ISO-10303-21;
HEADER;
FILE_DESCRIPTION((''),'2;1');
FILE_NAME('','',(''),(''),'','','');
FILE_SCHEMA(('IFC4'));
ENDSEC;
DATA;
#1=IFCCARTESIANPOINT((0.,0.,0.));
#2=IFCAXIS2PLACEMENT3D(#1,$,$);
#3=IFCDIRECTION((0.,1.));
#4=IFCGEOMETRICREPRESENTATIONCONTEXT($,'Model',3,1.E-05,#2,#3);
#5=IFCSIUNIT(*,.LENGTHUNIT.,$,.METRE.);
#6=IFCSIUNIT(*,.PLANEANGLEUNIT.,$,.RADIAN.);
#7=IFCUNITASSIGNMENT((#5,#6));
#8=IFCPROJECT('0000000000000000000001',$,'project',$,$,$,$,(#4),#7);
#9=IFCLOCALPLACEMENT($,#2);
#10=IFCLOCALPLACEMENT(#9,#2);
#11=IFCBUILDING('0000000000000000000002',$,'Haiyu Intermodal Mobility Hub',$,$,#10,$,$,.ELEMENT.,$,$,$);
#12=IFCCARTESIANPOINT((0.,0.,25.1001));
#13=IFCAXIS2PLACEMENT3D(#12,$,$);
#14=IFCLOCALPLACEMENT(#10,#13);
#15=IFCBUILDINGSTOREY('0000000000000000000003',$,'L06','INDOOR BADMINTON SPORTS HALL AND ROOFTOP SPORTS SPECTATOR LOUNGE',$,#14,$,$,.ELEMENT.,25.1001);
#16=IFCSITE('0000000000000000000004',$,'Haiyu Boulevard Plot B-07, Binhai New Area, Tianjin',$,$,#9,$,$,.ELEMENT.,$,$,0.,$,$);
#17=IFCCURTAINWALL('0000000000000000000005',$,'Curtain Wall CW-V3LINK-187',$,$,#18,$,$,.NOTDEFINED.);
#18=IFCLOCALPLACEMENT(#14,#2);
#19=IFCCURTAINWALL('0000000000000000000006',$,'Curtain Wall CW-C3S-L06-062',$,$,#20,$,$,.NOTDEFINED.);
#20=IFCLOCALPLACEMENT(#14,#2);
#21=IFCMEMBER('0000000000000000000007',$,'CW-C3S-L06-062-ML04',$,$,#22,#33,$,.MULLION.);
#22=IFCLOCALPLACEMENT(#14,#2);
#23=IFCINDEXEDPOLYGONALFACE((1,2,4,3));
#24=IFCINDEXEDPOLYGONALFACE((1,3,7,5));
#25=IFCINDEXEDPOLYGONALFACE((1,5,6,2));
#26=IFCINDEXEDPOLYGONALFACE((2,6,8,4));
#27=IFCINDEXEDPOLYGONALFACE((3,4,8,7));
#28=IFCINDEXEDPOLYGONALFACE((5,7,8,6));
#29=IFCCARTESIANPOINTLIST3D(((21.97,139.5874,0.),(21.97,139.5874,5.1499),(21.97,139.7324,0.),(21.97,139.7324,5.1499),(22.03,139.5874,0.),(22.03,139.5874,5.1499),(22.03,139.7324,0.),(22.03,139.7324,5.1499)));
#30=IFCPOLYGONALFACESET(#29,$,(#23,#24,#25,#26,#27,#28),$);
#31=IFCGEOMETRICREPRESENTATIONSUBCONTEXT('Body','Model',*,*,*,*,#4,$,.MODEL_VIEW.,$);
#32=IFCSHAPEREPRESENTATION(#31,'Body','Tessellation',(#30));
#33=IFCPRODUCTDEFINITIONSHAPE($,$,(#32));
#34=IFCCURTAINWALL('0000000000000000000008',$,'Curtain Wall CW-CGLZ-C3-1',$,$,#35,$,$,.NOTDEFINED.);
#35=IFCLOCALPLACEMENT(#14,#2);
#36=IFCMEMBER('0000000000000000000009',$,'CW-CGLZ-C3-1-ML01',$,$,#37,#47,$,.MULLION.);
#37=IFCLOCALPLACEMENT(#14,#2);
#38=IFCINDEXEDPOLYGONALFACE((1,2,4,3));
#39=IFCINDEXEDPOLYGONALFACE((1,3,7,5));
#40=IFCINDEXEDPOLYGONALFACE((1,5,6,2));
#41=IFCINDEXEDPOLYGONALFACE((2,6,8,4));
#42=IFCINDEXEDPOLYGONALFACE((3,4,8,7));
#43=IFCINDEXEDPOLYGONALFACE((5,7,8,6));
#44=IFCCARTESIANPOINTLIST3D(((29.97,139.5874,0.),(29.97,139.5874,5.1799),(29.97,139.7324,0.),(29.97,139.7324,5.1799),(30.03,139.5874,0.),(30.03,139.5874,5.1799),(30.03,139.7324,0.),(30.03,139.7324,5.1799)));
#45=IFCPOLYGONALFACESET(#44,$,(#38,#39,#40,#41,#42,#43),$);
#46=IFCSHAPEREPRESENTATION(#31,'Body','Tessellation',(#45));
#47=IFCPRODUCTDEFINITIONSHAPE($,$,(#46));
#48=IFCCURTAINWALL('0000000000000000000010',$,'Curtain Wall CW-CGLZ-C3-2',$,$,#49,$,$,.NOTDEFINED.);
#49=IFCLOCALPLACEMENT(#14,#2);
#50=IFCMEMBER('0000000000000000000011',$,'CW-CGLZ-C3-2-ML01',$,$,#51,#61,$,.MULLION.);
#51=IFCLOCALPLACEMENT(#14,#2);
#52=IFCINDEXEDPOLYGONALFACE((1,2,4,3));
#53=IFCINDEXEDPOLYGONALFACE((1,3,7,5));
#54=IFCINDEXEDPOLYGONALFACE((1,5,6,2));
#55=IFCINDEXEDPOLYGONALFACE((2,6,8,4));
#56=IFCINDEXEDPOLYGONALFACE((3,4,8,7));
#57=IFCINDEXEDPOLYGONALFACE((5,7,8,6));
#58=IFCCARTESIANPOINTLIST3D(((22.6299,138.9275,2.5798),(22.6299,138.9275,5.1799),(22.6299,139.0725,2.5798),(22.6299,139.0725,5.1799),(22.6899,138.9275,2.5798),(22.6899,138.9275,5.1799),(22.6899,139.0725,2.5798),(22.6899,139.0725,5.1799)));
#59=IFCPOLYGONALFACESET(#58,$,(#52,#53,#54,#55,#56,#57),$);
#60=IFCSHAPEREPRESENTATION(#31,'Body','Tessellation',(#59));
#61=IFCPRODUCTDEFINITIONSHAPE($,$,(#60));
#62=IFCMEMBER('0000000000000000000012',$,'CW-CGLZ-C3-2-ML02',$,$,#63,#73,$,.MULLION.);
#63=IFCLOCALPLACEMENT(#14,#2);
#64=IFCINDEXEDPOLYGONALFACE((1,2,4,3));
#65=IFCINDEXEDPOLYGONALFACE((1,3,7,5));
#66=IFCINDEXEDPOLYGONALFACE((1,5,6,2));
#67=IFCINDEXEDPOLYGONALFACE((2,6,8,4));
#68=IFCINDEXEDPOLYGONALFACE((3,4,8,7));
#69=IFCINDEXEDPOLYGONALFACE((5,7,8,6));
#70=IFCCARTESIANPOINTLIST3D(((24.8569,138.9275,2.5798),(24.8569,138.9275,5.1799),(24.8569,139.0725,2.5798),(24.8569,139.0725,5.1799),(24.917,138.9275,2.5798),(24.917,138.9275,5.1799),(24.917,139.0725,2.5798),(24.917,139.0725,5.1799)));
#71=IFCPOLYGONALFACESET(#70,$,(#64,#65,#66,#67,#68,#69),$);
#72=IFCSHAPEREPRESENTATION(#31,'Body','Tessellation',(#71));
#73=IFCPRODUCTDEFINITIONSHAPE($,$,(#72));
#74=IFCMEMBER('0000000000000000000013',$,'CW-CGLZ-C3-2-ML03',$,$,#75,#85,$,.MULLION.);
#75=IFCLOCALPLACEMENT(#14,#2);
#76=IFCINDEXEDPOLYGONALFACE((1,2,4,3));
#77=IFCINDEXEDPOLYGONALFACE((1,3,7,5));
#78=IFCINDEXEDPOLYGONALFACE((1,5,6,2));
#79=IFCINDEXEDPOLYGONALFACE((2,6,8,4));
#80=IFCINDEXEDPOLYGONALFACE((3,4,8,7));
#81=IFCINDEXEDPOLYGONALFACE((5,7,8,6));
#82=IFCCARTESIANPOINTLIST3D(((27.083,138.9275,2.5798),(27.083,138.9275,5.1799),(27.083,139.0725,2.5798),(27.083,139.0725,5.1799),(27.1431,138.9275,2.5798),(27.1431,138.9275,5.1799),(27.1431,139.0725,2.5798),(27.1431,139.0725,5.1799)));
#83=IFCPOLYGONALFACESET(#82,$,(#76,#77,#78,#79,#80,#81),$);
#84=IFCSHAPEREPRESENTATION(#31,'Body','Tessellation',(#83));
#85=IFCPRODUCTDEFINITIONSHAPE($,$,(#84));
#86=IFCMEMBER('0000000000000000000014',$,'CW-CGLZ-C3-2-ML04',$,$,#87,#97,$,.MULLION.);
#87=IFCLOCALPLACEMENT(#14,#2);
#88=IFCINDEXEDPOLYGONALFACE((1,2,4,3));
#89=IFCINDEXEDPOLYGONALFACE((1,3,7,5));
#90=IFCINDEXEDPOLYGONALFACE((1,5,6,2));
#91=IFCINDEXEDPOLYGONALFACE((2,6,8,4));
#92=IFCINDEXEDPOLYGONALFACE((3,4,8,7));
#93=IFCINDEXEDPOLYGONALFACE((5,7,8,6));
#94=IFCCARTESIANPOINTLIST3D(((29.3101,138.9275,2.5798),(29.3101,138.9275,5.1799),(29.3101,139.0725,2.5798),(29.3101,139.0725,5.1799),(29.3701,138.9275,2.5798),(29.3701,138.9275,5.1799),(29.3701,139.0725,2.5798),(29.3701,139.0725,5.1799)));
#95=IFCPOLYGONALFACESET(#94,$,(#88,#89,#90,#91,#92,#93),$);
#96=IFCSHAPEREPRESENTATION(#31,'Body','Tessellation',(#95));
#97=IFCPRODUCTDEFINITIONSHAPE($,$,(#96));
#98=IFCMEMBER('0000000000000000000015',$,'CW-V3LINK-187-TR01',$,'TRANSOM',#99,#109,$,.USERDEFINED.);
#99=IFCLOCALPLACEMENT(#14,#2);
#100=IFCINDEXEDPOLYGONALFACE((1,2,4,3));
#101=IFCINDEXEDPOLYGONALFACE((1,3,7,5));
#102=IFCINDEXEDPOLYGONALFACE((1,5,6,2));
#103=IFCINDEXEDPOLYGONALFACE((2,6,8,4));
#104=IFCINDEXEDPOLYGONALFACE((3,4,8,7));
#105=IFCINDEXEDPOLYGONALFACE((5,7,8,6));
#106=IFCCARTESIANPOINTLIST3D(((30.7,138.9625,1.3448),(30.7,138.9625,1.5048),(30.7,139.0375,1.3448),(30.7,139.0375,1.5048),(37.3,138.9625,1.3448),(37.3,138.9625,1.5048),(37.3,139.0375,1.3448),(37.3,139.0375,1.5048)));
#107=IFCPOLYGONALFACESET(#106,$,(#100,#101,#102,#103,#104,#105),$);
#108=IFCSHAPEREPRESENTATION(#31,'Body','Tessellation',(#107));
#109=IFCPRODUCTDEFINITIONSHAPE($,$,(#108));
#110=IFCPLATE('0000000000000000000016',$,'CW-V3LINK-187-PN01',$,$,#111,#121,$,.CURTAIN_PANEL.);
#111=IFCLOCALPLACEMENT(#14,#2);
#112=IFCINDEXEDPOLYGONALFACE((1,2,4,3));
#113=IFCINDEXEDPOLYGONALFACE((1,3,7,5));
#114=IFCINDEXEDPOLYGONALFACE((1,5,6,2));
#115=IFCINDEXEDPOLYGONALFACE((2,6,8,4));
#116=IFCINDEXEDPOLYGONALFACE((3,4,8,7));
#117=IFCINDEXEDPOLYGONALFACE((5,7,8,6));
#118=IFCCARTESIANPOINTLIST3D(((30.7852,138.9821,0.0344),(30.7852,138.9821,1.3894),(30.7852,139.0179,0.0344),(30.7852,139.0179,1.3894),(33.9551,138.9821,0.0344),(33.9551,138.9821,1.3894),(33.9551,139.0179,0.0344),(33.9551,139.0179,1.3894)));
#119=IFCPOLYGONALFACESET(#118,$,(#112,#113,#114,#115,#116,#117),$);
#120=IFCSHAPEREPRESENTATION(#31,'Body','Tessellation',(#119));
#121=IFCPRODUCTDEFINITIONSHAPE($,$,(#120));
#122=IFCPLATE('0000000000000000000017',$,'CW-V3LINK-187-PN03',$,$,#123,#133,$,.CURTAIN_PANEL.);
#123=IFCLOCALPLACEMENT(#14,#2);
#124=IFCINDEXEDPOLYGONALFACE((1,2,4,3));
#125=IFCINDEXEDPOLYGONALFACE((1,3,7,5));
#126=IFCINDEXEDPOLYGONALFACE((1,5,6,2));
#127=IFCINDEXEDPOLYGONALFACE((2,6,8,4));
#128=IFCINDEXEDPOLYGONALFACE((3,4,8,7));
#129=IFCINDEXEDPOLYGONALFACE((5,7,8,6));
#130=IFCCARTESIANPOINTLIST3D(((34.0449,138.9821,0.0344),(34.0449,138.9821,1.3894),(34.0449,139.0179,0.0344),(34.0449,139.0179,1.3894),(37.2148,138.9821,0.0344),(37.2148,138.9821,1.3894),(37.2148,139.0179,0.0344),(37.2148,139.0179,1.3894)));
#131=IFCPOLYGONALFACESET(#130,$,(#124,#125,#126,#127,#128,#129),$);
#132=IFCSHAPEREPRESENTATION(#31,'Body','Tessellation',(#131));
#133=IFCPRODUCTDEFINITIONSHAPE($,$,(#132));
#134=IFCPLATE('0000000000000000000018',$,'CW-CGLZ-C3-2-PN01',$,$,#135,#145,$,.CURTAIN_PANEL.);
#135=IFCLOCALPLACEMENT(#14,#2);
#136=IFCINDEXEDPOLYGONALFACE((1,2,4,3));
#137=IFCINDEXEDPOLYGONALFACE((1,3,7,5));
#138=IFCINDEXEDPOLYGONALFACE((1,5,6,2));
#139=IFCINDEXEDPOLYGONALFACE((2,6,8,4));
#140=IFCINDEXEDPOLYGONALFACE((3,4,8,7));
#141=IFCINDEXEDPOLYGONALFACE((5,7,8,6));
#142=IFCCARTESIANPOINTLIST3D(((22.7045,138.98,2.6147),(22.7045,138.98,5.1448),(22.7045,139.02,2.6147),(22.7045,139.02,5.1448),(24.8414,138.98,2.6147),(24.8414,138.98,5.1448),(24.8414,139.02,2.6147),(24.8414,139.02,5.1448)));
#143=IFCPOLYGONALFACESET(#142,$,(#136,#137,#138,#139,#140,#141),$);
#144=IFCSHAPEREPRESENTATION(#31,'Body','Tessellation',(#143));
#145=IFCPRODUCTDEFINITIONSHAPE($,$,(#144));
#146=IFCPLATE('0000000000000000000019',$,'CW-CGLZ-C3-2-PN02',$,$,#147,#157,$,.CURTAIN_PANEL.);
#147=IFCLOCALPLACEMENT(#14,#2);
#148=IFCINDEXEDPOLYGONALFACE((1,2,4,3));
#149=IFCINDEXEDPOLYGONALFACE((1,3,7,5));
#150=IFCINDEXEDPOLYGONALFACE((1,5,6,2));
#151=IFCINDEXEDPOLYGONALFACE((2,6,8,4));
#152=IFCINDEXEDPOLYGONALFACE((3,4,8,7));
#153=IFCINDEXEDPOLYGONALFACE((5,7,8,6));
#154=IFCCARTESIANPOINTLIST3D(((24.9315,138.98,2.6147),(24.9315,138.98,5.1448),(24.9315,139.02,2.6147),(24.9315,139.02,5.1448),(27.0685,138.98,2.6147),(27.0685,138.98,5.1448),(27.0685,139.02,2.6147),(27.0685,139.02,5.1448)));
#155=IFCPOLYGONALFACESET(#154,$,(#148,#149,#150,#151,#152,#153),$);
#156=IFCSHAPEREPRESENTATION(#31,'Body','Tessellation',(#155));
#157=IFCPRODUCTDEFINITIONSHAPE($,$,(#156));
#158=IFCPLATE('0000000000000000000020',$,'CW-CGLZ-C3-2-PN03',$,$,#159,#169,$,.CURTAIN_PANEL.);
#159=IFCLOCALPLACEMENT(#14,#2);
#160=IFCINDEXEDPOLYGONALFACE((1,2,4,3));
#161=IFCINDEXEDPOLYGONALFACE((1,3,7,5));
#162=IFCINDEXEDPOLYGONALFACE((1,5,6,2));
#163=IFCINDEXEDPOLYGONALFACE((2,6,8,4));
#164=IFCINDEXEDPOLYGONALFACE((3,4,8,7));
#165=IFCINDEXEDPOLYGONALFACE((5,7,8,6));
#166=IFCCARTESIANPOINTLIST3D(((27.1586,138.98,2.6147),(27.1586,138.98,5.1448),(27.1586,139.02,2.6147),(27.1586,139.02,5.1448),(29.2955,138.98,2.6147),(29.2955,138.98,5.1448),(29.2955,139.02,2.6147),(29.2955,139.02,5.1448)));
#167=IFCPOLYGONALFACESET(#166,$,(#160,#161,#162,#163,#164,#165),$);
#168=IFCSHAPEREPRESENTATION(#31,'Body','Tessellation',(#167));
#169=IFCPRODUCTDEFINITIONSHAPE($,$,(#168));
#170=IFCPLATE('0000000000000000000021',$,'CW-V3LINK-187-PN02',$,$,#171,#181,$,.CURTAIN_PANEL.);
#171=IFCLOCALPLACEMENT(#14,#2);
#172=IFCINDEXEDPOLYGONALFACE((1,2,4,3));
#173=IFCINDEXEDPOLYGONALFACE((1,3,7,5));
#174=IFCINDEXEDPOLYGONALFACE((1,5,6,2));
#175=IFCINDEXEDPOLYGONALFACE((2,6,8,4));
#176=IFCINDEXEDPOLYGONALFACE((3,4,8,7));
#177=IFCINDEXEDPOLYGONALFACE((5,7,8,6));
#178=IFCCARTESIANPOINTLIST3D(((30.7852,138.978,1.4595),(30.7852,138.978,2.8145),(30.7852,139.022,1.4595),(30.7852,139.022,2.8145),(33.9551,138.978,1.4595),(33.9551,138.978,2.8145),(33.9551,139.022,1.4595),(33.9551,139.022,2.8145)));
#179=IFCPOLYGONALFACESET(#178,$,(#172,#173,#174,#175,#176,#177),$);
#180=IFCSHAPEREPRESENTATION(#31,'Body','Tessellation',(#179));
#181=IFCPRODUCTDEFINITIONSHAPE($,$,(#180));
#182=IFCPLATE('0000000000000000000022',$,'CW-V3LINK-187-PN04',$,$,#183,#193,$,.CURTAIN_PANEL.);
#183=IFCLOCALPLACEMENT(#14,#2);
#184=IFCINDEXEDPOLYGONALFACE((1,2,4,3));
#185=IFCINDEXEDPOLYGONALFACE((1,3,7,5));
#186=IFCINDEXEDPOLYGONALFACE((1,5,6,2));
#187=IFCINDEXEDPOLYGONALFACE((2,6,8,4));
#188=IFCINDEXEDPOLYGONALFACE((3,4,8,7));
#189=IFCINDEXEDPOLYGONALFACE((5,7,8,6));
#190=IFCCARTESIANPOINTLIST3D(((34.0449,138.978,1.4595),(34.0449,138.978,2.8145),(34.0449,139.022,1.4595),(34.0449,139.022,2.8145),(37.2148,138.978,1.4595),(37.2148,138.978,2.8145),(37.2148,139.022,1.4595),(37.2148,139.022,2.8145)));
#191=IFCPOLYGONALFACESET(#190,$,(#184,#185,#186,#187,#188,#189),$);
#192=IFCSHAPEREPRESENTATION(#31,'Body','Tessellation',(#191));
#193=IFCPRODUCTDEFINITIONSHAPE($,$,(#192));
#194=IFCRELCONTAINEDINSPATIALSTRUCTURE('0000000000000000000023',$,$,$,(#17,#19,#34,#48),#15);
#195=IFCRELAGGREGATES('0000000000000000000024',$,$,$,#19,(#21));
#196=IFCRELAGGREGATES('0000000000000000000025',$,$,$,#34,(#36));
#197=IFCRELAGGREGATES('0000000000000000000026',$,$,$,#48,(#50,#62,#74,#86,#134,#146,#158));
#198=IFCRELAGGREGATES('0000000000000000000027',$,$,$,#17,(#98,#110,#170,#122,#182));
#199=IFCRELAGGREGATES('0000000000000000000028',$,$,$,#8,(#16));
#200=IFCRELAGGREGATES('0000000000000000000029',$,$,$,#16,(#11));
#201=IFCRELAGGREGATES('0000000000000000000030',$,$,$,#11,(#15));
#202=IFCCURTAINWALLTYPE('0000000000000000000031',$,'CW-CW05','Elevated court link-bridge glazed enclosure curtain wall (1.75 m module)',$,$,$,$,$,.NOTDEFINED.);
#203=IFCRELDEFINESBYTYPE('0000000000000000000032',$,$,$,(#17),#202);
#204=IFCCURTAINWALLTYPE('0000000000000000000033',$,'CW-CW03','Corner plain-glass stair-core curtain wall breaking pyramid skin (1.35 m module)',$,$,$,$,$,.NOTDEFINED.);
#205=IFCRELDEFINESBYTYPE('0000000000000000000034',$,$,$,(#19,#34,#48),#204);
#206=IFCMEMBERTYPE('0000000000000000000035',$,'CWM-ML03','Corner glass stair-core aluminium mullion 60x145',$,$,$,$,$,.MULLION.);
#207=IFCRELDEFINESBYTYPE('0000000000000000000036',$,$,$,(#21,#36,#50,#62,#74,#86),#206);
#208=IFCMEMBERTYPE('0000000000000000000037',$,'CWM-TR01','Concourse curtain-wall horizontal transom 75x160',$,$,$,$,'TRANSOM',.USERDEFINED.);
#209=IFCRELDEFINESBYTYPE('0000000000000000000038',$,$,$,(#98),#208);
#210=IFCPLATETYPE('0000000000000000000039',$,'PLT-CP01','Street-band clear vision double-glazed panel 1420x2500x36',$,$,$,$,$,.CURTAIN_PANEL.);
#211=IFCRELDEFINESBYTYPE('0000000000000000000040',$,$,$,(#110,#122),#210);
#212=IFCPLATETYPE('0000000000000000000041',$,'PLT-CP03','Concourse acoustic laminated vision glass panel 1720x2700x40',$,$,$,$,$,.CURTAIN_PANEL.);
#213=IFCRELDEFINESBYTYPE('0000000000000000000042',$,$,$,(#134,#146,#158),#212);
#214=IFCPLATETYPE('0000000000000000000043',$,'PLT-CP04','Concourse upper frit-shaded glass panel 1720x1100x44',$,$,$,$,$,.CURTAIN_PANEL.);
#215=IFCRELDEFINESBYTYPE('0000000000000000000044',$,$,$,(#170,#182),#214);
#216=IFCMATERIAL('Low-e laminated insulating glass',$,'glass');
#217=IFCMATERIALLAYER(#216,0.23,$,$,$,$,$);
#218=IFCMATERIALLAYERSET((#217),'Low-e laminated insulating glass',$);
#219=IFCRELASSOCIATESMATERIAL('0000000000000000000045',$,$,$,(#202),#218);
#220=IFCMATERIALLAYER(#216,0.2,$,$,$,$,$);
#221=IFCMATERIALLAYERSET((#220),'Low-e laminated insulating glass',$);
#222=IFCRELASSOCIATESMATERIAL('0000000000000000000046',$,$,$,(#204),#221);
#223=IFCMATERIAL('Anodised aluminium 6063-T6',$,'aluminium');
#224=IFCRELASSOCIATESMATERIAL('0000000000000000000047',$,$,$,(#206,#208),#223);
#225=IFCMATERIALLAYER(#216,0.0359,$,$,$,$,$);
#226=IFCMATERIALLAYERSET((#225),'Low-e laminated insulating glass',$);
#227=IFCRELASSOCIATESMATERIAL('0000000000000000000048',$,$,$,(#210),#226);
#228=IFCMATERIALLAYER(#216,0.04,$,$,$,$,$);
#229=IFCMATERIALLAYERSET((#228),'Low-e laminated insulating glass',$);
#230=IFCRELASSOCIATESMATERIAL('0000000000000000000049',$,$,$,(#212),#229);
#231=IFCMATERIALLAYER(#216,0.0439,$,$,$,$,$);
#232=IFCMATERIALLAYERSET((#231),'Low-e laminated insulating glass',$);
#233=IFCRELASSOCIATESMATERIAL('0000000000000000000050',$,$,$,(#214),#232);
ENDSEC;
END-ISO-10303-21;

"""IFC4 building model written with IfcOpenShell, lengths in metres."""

from ifc_helpers import new_model, si_unit, direction, frame, origin, origin_2d, place, context, subcontext, project, spatial, rectangle, extrude, material, layer, layer_set, material_profile, profile_set, type_object, element, aggregate, save


model = new_model("IFC4")

# Units and contexts
model_context = context("Model", 3, precision=1e-05, world=origin(), true_north=direction((0.0, 1.0)))
body_context = subcontext(model_context, "Body", "Model", "MODEL_VIEW")
ifc_project = project(units=[si_unit("LENGTHUNIT", "METRE"), si_unit("PLANEANGLEUNIT", "RADIAN")], contexts=[model_context])

# Site, building, storey
site_placement = place(None, origin())
site = spatial("IfcSite", under=ifc_project, at=site_placement, Name="Haiyu Boulevard Plot B-07, Binhai New Area, Tianjin", CompositionType="ELEMENT", RefElevation=0.0)
building_placement = place(site_placement, origin())
building = spatial("IfcBuilding", under=site, at=building_placement, Name="Haiyu Intermodal Mobility Hub", CompositionType="ELEMENT")
storey_placement = place(building_placement, frame((0.0, 0.0, 25.1001)))
storey = spatial("IfcBuildingStorey", under=building, at=storey_placement, Name="L06", Description="INDOOR BADMINTON SPORTS HALL AND ROOFTOP SPORTS SPECTATOR LOUNGE", CompositionType="ELEMENT", Elevation=25.1001)

# Curtain wall
ifc_material_1 = material(Name="Low-e laminated insulating glass", Category="glass")
ifc_layer_1 = layer(ifc_material_1, 0.23)
ifc_layer_set_1 = layer_set([ifc_layer_1], Name="Low-e laminated insulating glass")
curtain_wall_type_1 = type_object("IfcCurtainWallType", Name="CW-CW05", Description="Elevated court link-bridge glazed enclosure curtain wall (1.75 m module)", PredefinedType="NOTDEFINED", material=ifc_layer_set_1)
curtain_wall_1_placement = place(storey_placement, origin())
curtain_wall_1 = element("IfcCurtainWall", 1, at=curtain_wall_1_placement, inside=storey, type_object=curtain_wall_type_1, Name="Curtain Wall CW-V3LINK-187", PredefinedType="NOTDEFINED")
ifc_material_2 = material(Name="Anodised aluminium 6063-T6", Category="aluminium")

# Curtain walls, members
ifc_layer_2 = layer(ifc_material_1, 0.2)
ifc_layer_set_2 = layer_set([ifc_layer_2], Name="Low-e laminated insulating glass")
curtain_wall_type_2 = type_object("IfcCurtainWallType", Name="CW-CW03", Description="Corner plain-glass stair-core curtain wall breaking pyramid skin (1.35 m module)", PredefinedType="NOTDEFINED", material=ifc_layer_set_2)
curtain_wall_2_placement = place(storey_placement, origin())
curtain_wall_2 = element("IfcCurtainWall", 2, at=curtain_wall_2_placement, inside=storey, type_object=curtain_wall_type_2, Name="Curtain Wall CW-C3S-L06-062", PredefinedType="NOTDEFINED")
ifc_material_profile_1 = material_profile(ifc_material_2, rectangle(XDim=0.0601, YDim=0.145, at=origin_2d()), Name="ALU60x145")
ifc_profile_set_1 = profile_set([ifc_material_profile_1], Name="Anodised aluminium 6063-T6")
member_type_1 = type_object("IfcMemberType", Name="CWM-ML03", Description="Corner glass stair-core aluminium mullion 60x145", PredefinedType="MULLION", material=ifc_profile_set_1)
member_1_placement = place(storey_placement, frame((22.0, 139.6599, 0.0), z_axis=(0.0, 0.0, 1.0), x_axis=(1.0, 0.0, 0.0)))
member_1 = element("IfcMember", 3, at=member_1_placement, type_object=member_type_1, Name="CW-C3S-L06-062-ML04", PredefinedType="MULLION", context=body_context, shape_type="SweptSolid", body=[
    extrude(rectangle(XDim=0.0601, YDim=0.145, at=origin_2d()), origin(), (0.0, 0.0, 1.0), 5.1499),
])
aggregate(curtain_wall_2, [member_1])
curtain_wall_3_placement = place(storey_placement, origin())
curtain_wall_3 = element("IfcCurtainWall", 4, at=curtain_wall_3_placement, inside=storey, type_object=curtain_wall_type_2, Name="Curtain Wall CW-CGLZ-C3-1", PredefinedType="NOTDEFINED")
member_2_placement = place(storey_placement, frame((30.0, 139.6599, 0.0), z_axis=(0.0, 0.0, 1.0), x_axis=(1.0, 0.0, 0.0)))
member_2 = element("IfcMember", 5, at=member_2_placement, type_object=member_type_1, Name="CW-CGLZ-C3-1-ML01", PredefinedType="MULLION", context=body_context, shape_type="SweptSolid", body=[
    extrude(rectangle(XDim=0.0601, YDim=0.145, at=origin_2d()), origin(), (0.0, 0.0, 1.0), 5.1799),
])
aggregate(curtain_wall_3, [member_2])

# Curtain wall, members
curtain_wall_4_placement = place(storey_placement, origin())
curtain_wall_4 = element("IfcCurtainWall", 6, at=curtain_wall_4_placement, inside=storey, type_object=curtain_wall_type_2, Name="Curtain Wall CW-CGLZ-C3-2", PredefinedType="NOTDEFINED")
member_3_placement = place(storey_placement, frame((22.6599, 139.0, 2.5798), z_axis=(0.0, 0.0, 1.0), x_axis=(1.0, 0.0, 0.0)))
member_3 = element("IfcMember", 7, at=member_3_placement, type_object=member_type_1, Name="CW-CGLZ-C3-2-ML01", PredefinedType="MULLION", context=body_context, shape_type="SweptSolid", body=[
    extrude(rectangle(XDim=0.0601, YDim=0.145, at=origin_2d()), origin(), (0.0, 0.0, 1.0), 2.6001),
])
member_4_placement = place(storey_placement, frame((24.887, 139.0, 2.5798), z_axis=(0.0, 0.0, 1.0), x_axis=(1.0, 0.0, 0.0)))
member_4 = element("IfcMember", 8, at=member_4_placement, type_object=member_type_1, Name="CW-CGLZ-C3-2-ML02", PredefinedType="MULLION", context=body_context, shape_type="SweptSolid", body=[
    extrude(rectangle(XDim=0.0601, YDim=0.145, at=origin_2d()), origin(), (0.0, 0.0, 1.0), 2.6001),
])
member_5_placement = place(storey_placement, frame((27.113, 139.0, 2.5798), z_axis=(0.0, 0.0, 1.0), x_axis=(1.0, 0.0, 0.0)))
member_5 = element("IfcMember", 9, at=member_5_placement, type_object=member_type_1, Name="CW-CGLZ-C3-2-ML03", PredefinedType="MULLION", context=body_context, shape_type="SweptSolid", body=[
    extrude(rectangle(XDim=0.0601, YDim=0.145, at=origin_2d()), origin(), (0.0, 0.0, 1.0), 2.6001),
])
member_6_placement = place(storey_placement, frame((29.3401, 139.0, 2.5798), z_axis=(0.0, 0.0, 1.0), x_axis=(1.0, 0.0, 0.0)))
member_6 = element("IfcMember", 10, at=member_6_placement, type_object=member_type_1, Name="CW-CGLZ-C3-2-ML04", PredefinedType="MULLION", context=body_context, shape_type="SweptSolid", body=[
    extrude(rectangle(XDim=0.0601, YDim=0.145, at=origin_2d()), origin(), (0.0, 0.0, 1.0), 2.6001),
])

# Member
ifc_material_profile_2 = material_profile(ifc_material_2, rectangle(XDim=0.075, YDim=0.1599, at=origin_2d()), Name="ALU75x160")
ifc_profile_set_2 = profile_set([ifc_material_profile_2], Name="Anodised aluminium 6063-T6")
member_type_2 = type_object("IfcMemberType", Name="CWM-TR01", Description="Concourse curtain-wall horizontal transom 75x160", ElementType="TRANSOM", PredefinedType="USERDEFINED", material=ifc_profile_set_2)
member_7_placement = place(storey_placement, frame((30.7, 139.0, 1.4248), z_axis=(1.0, 0.0, 0.0), x_axis=(0.0, 1.0, 0.0)))
member_7 = element("IfcMember", 11, at=member_7_placement, type_object=member_type_2, Name="CW-V3LINK-187-TR01", ObjectType="TRANSOM", PredefinedType="USERDEFINED", context=body_context, shape_type="SweptSolid", body=[
    extrude(rectangle(XDim=0.075, YDim=0.1599, at=origin_2d()), origin(), (0.0, 0.0, 1.0), 6.6001),
])

# Plates
ifc_layer_3 = layer(ifc_material_1, 0.0359)
ifc_layer_set_3 = layer_set([ifc_layer_3], Name="Low-e laminated insulating glass")
plate_type_1 = type_object("IfcPlateType", Name="PLT-CP01", Description="Street-band clear vision double-glazed panel 1420x2500x36", PredefinedType="CURTAIN_PANEL", material=ifc_layer_set_3)
plate_1_placement = place(storey_placement, frame((32.3701, 139.0, 0.0344), z_axis=(0.0, 0.0, 1.0), x_axis=(1.0, 0.0, 0.0)))
plate_1 = element("IfcPlate", 12, at=plate_1_placement, type_object=plate_type_1, Name="CW-V3LINK-187-PN01", PredefinedType="CURTAIN_PANEL", context=body_context, shape_type="SweptSolid", body=[
    extrude(rectangle(XDim=3.1699, YDim=0.0359, at=origin_2d()), origin(), (0.0, 0.0, 1.0), 1.355),
])
plate_2_placement = place(storey_placement, frame((35.6299, 139.0, 0.0344), z_axis=(0.0, 0.0, 1.0), x_axis=(1.0, 0.0, 0.0)))
plate_2 = element("IfcPlate", 13, at=plate_2_placement, type_object=plate_type_1, Name="CW-V3LINK-187-PN03", PredefinedType="CURTAIN_PANEL", context=body_context, shape_type="SweptSolid", body=[
    extrude(rectangle(XDim=3.1699, YDim=0.0359, at=origin_2d()), origin(), (0.0, 0.0, 1.0), 1.355),
])
ifc_layer_4 = layer(ifc_material_1, 0.04)
ifc_layer_set_4 = layer_set([ifc_layer_4], Name="Low-e laminated insulating glass")
plate_type_2 = type_object("IfcPlateType", Name="PLT-CP03", Description="Concourse acoustic laminated vision glass panel 1720x2700x40", PredefinedType="CURTAIN_PANEL", material=ifc_layer_set_4)
plate_3_placement = place(storey_placement, frame((23.7729, 139.0, 2.6147), z_axis=(0.0, 0.0, 1.0), x_axis=(1.0, 0.0, 0.0)))
plate_3 = element("IfcPlate", 14, at=plate_3_placement, type_object=plate_type_2, Name="CW-CGLZ-C3-2-PN01", PredefinedType="CURTAIN_PANEL", context=body_context, shape_type="SweptSolid", body=[
    extrude(rectangle(XDim=2.137, YDim=0.04, at=origin_2d()), origin(), (0.0, 0.0, 1.0), 2.53),
])
plate_4_placement = place(storey_placement, frame((26.0, 139.0, 2.6147), z_axis=(0.0, 0.0, 1.0), x_axis=(1.0, 0.0, 0.0)))
plate_4 = element("IfcPlate", 15, at=plate_4_placement, type_object=plate_type_2, Name="CW-CGLZ-C3-2-PN02", PredefinedType="CURTAIN_PANEL", context=body_context, shape_type="SweptSolid", body=[
    extrude(rectangle(XDim=2.137, YDim=0.04, at=origin_2d()), origin(), (0.0, 0.0, 1.0), 2.53),
])
plate_5_placement = place(storey_placement, frame((28.2271, 139.0, 2.6147), z_axis=(0.0, 0.0, 1.0), x_axis=(1.0, 0.0, 0.0)))
plate_5 = element("IfcPlate", 16, at=plate_5_placement, type_object=plate_type_2, Name="CW-CGLZ-C3-2-PN03", PredefinedType="CURTAIN_PANEL", context=body_context, shape_type="SweptSolid", body=[
    extrude(rectangle(XDim=2.137, YDim=0.04, at=origin_2d()), origin(), (0.0, 0.0, 1.0), 2.53),
])
aggregate(curtain_wall_4, [member_3, member_4, member_5, member_6, plate_3, plate_4, plate_5])
ifc_layer_5 = layer(ifc_material_1, 0.0439)
ifc_layer_set_5 = layer_set([ifc_layer_5], Name="Low-e laminated insulating glass")
plate_type_3 = type_object("IfcPlateType", Name="PLT-CP04", Description="Concourse upper frit-shaded glass panel 1720x1100x44", PredefinedType="CURTAIN_PANEL", material=ifc_layer_set_5)
plate_6_placement = place(storey_placement, frame((32.3701, 139.0, 1.4595), z_axis=(0.0, 0.0, 1.0), x_axis=(1.0, 0.0, 0.0)))
plate_6 = element("IfcPlate", 17, at=plate_6_placement, type_object=plate_type_3, Name="CW-V3LINK-187-PN02", PredefinedType="CURTAIN_PANEL", context=body_context, shape_type="SweptSolid", body=[
    extrude(rectangle(XDim=3.1699, YDim=0.0439, at=origin_2d()), origin(), (0.0, 0.0, 1.0), 1.355),
])
plate_7_placement = place(storey_placement, frame((35.6299, 139.0, 1.4595), z_axis=(0.0, 0.0, 1.0), x_axis=(1.0, 0.0, 0.0)))
plate_7 = element("IfcPlate", 18, at=plate_7_placement, type_object=plate_type_3, Name="CW-V3LINK-187-PN04", PredefinedType="CURTAIN_PANEL", context=body_context, shape_type="SweptSolid", body=[
    extrude(rectangle(XDim=3.1699, YDim=0.0439, at=origin_2d()), origin(), (0.0, 0.0, 1.0), 1.355),
])
aggregate(curtain_wall_1, [member_7, plate_1, plate_6, plate_2, plate_7])

save(model, "model.ifc")
